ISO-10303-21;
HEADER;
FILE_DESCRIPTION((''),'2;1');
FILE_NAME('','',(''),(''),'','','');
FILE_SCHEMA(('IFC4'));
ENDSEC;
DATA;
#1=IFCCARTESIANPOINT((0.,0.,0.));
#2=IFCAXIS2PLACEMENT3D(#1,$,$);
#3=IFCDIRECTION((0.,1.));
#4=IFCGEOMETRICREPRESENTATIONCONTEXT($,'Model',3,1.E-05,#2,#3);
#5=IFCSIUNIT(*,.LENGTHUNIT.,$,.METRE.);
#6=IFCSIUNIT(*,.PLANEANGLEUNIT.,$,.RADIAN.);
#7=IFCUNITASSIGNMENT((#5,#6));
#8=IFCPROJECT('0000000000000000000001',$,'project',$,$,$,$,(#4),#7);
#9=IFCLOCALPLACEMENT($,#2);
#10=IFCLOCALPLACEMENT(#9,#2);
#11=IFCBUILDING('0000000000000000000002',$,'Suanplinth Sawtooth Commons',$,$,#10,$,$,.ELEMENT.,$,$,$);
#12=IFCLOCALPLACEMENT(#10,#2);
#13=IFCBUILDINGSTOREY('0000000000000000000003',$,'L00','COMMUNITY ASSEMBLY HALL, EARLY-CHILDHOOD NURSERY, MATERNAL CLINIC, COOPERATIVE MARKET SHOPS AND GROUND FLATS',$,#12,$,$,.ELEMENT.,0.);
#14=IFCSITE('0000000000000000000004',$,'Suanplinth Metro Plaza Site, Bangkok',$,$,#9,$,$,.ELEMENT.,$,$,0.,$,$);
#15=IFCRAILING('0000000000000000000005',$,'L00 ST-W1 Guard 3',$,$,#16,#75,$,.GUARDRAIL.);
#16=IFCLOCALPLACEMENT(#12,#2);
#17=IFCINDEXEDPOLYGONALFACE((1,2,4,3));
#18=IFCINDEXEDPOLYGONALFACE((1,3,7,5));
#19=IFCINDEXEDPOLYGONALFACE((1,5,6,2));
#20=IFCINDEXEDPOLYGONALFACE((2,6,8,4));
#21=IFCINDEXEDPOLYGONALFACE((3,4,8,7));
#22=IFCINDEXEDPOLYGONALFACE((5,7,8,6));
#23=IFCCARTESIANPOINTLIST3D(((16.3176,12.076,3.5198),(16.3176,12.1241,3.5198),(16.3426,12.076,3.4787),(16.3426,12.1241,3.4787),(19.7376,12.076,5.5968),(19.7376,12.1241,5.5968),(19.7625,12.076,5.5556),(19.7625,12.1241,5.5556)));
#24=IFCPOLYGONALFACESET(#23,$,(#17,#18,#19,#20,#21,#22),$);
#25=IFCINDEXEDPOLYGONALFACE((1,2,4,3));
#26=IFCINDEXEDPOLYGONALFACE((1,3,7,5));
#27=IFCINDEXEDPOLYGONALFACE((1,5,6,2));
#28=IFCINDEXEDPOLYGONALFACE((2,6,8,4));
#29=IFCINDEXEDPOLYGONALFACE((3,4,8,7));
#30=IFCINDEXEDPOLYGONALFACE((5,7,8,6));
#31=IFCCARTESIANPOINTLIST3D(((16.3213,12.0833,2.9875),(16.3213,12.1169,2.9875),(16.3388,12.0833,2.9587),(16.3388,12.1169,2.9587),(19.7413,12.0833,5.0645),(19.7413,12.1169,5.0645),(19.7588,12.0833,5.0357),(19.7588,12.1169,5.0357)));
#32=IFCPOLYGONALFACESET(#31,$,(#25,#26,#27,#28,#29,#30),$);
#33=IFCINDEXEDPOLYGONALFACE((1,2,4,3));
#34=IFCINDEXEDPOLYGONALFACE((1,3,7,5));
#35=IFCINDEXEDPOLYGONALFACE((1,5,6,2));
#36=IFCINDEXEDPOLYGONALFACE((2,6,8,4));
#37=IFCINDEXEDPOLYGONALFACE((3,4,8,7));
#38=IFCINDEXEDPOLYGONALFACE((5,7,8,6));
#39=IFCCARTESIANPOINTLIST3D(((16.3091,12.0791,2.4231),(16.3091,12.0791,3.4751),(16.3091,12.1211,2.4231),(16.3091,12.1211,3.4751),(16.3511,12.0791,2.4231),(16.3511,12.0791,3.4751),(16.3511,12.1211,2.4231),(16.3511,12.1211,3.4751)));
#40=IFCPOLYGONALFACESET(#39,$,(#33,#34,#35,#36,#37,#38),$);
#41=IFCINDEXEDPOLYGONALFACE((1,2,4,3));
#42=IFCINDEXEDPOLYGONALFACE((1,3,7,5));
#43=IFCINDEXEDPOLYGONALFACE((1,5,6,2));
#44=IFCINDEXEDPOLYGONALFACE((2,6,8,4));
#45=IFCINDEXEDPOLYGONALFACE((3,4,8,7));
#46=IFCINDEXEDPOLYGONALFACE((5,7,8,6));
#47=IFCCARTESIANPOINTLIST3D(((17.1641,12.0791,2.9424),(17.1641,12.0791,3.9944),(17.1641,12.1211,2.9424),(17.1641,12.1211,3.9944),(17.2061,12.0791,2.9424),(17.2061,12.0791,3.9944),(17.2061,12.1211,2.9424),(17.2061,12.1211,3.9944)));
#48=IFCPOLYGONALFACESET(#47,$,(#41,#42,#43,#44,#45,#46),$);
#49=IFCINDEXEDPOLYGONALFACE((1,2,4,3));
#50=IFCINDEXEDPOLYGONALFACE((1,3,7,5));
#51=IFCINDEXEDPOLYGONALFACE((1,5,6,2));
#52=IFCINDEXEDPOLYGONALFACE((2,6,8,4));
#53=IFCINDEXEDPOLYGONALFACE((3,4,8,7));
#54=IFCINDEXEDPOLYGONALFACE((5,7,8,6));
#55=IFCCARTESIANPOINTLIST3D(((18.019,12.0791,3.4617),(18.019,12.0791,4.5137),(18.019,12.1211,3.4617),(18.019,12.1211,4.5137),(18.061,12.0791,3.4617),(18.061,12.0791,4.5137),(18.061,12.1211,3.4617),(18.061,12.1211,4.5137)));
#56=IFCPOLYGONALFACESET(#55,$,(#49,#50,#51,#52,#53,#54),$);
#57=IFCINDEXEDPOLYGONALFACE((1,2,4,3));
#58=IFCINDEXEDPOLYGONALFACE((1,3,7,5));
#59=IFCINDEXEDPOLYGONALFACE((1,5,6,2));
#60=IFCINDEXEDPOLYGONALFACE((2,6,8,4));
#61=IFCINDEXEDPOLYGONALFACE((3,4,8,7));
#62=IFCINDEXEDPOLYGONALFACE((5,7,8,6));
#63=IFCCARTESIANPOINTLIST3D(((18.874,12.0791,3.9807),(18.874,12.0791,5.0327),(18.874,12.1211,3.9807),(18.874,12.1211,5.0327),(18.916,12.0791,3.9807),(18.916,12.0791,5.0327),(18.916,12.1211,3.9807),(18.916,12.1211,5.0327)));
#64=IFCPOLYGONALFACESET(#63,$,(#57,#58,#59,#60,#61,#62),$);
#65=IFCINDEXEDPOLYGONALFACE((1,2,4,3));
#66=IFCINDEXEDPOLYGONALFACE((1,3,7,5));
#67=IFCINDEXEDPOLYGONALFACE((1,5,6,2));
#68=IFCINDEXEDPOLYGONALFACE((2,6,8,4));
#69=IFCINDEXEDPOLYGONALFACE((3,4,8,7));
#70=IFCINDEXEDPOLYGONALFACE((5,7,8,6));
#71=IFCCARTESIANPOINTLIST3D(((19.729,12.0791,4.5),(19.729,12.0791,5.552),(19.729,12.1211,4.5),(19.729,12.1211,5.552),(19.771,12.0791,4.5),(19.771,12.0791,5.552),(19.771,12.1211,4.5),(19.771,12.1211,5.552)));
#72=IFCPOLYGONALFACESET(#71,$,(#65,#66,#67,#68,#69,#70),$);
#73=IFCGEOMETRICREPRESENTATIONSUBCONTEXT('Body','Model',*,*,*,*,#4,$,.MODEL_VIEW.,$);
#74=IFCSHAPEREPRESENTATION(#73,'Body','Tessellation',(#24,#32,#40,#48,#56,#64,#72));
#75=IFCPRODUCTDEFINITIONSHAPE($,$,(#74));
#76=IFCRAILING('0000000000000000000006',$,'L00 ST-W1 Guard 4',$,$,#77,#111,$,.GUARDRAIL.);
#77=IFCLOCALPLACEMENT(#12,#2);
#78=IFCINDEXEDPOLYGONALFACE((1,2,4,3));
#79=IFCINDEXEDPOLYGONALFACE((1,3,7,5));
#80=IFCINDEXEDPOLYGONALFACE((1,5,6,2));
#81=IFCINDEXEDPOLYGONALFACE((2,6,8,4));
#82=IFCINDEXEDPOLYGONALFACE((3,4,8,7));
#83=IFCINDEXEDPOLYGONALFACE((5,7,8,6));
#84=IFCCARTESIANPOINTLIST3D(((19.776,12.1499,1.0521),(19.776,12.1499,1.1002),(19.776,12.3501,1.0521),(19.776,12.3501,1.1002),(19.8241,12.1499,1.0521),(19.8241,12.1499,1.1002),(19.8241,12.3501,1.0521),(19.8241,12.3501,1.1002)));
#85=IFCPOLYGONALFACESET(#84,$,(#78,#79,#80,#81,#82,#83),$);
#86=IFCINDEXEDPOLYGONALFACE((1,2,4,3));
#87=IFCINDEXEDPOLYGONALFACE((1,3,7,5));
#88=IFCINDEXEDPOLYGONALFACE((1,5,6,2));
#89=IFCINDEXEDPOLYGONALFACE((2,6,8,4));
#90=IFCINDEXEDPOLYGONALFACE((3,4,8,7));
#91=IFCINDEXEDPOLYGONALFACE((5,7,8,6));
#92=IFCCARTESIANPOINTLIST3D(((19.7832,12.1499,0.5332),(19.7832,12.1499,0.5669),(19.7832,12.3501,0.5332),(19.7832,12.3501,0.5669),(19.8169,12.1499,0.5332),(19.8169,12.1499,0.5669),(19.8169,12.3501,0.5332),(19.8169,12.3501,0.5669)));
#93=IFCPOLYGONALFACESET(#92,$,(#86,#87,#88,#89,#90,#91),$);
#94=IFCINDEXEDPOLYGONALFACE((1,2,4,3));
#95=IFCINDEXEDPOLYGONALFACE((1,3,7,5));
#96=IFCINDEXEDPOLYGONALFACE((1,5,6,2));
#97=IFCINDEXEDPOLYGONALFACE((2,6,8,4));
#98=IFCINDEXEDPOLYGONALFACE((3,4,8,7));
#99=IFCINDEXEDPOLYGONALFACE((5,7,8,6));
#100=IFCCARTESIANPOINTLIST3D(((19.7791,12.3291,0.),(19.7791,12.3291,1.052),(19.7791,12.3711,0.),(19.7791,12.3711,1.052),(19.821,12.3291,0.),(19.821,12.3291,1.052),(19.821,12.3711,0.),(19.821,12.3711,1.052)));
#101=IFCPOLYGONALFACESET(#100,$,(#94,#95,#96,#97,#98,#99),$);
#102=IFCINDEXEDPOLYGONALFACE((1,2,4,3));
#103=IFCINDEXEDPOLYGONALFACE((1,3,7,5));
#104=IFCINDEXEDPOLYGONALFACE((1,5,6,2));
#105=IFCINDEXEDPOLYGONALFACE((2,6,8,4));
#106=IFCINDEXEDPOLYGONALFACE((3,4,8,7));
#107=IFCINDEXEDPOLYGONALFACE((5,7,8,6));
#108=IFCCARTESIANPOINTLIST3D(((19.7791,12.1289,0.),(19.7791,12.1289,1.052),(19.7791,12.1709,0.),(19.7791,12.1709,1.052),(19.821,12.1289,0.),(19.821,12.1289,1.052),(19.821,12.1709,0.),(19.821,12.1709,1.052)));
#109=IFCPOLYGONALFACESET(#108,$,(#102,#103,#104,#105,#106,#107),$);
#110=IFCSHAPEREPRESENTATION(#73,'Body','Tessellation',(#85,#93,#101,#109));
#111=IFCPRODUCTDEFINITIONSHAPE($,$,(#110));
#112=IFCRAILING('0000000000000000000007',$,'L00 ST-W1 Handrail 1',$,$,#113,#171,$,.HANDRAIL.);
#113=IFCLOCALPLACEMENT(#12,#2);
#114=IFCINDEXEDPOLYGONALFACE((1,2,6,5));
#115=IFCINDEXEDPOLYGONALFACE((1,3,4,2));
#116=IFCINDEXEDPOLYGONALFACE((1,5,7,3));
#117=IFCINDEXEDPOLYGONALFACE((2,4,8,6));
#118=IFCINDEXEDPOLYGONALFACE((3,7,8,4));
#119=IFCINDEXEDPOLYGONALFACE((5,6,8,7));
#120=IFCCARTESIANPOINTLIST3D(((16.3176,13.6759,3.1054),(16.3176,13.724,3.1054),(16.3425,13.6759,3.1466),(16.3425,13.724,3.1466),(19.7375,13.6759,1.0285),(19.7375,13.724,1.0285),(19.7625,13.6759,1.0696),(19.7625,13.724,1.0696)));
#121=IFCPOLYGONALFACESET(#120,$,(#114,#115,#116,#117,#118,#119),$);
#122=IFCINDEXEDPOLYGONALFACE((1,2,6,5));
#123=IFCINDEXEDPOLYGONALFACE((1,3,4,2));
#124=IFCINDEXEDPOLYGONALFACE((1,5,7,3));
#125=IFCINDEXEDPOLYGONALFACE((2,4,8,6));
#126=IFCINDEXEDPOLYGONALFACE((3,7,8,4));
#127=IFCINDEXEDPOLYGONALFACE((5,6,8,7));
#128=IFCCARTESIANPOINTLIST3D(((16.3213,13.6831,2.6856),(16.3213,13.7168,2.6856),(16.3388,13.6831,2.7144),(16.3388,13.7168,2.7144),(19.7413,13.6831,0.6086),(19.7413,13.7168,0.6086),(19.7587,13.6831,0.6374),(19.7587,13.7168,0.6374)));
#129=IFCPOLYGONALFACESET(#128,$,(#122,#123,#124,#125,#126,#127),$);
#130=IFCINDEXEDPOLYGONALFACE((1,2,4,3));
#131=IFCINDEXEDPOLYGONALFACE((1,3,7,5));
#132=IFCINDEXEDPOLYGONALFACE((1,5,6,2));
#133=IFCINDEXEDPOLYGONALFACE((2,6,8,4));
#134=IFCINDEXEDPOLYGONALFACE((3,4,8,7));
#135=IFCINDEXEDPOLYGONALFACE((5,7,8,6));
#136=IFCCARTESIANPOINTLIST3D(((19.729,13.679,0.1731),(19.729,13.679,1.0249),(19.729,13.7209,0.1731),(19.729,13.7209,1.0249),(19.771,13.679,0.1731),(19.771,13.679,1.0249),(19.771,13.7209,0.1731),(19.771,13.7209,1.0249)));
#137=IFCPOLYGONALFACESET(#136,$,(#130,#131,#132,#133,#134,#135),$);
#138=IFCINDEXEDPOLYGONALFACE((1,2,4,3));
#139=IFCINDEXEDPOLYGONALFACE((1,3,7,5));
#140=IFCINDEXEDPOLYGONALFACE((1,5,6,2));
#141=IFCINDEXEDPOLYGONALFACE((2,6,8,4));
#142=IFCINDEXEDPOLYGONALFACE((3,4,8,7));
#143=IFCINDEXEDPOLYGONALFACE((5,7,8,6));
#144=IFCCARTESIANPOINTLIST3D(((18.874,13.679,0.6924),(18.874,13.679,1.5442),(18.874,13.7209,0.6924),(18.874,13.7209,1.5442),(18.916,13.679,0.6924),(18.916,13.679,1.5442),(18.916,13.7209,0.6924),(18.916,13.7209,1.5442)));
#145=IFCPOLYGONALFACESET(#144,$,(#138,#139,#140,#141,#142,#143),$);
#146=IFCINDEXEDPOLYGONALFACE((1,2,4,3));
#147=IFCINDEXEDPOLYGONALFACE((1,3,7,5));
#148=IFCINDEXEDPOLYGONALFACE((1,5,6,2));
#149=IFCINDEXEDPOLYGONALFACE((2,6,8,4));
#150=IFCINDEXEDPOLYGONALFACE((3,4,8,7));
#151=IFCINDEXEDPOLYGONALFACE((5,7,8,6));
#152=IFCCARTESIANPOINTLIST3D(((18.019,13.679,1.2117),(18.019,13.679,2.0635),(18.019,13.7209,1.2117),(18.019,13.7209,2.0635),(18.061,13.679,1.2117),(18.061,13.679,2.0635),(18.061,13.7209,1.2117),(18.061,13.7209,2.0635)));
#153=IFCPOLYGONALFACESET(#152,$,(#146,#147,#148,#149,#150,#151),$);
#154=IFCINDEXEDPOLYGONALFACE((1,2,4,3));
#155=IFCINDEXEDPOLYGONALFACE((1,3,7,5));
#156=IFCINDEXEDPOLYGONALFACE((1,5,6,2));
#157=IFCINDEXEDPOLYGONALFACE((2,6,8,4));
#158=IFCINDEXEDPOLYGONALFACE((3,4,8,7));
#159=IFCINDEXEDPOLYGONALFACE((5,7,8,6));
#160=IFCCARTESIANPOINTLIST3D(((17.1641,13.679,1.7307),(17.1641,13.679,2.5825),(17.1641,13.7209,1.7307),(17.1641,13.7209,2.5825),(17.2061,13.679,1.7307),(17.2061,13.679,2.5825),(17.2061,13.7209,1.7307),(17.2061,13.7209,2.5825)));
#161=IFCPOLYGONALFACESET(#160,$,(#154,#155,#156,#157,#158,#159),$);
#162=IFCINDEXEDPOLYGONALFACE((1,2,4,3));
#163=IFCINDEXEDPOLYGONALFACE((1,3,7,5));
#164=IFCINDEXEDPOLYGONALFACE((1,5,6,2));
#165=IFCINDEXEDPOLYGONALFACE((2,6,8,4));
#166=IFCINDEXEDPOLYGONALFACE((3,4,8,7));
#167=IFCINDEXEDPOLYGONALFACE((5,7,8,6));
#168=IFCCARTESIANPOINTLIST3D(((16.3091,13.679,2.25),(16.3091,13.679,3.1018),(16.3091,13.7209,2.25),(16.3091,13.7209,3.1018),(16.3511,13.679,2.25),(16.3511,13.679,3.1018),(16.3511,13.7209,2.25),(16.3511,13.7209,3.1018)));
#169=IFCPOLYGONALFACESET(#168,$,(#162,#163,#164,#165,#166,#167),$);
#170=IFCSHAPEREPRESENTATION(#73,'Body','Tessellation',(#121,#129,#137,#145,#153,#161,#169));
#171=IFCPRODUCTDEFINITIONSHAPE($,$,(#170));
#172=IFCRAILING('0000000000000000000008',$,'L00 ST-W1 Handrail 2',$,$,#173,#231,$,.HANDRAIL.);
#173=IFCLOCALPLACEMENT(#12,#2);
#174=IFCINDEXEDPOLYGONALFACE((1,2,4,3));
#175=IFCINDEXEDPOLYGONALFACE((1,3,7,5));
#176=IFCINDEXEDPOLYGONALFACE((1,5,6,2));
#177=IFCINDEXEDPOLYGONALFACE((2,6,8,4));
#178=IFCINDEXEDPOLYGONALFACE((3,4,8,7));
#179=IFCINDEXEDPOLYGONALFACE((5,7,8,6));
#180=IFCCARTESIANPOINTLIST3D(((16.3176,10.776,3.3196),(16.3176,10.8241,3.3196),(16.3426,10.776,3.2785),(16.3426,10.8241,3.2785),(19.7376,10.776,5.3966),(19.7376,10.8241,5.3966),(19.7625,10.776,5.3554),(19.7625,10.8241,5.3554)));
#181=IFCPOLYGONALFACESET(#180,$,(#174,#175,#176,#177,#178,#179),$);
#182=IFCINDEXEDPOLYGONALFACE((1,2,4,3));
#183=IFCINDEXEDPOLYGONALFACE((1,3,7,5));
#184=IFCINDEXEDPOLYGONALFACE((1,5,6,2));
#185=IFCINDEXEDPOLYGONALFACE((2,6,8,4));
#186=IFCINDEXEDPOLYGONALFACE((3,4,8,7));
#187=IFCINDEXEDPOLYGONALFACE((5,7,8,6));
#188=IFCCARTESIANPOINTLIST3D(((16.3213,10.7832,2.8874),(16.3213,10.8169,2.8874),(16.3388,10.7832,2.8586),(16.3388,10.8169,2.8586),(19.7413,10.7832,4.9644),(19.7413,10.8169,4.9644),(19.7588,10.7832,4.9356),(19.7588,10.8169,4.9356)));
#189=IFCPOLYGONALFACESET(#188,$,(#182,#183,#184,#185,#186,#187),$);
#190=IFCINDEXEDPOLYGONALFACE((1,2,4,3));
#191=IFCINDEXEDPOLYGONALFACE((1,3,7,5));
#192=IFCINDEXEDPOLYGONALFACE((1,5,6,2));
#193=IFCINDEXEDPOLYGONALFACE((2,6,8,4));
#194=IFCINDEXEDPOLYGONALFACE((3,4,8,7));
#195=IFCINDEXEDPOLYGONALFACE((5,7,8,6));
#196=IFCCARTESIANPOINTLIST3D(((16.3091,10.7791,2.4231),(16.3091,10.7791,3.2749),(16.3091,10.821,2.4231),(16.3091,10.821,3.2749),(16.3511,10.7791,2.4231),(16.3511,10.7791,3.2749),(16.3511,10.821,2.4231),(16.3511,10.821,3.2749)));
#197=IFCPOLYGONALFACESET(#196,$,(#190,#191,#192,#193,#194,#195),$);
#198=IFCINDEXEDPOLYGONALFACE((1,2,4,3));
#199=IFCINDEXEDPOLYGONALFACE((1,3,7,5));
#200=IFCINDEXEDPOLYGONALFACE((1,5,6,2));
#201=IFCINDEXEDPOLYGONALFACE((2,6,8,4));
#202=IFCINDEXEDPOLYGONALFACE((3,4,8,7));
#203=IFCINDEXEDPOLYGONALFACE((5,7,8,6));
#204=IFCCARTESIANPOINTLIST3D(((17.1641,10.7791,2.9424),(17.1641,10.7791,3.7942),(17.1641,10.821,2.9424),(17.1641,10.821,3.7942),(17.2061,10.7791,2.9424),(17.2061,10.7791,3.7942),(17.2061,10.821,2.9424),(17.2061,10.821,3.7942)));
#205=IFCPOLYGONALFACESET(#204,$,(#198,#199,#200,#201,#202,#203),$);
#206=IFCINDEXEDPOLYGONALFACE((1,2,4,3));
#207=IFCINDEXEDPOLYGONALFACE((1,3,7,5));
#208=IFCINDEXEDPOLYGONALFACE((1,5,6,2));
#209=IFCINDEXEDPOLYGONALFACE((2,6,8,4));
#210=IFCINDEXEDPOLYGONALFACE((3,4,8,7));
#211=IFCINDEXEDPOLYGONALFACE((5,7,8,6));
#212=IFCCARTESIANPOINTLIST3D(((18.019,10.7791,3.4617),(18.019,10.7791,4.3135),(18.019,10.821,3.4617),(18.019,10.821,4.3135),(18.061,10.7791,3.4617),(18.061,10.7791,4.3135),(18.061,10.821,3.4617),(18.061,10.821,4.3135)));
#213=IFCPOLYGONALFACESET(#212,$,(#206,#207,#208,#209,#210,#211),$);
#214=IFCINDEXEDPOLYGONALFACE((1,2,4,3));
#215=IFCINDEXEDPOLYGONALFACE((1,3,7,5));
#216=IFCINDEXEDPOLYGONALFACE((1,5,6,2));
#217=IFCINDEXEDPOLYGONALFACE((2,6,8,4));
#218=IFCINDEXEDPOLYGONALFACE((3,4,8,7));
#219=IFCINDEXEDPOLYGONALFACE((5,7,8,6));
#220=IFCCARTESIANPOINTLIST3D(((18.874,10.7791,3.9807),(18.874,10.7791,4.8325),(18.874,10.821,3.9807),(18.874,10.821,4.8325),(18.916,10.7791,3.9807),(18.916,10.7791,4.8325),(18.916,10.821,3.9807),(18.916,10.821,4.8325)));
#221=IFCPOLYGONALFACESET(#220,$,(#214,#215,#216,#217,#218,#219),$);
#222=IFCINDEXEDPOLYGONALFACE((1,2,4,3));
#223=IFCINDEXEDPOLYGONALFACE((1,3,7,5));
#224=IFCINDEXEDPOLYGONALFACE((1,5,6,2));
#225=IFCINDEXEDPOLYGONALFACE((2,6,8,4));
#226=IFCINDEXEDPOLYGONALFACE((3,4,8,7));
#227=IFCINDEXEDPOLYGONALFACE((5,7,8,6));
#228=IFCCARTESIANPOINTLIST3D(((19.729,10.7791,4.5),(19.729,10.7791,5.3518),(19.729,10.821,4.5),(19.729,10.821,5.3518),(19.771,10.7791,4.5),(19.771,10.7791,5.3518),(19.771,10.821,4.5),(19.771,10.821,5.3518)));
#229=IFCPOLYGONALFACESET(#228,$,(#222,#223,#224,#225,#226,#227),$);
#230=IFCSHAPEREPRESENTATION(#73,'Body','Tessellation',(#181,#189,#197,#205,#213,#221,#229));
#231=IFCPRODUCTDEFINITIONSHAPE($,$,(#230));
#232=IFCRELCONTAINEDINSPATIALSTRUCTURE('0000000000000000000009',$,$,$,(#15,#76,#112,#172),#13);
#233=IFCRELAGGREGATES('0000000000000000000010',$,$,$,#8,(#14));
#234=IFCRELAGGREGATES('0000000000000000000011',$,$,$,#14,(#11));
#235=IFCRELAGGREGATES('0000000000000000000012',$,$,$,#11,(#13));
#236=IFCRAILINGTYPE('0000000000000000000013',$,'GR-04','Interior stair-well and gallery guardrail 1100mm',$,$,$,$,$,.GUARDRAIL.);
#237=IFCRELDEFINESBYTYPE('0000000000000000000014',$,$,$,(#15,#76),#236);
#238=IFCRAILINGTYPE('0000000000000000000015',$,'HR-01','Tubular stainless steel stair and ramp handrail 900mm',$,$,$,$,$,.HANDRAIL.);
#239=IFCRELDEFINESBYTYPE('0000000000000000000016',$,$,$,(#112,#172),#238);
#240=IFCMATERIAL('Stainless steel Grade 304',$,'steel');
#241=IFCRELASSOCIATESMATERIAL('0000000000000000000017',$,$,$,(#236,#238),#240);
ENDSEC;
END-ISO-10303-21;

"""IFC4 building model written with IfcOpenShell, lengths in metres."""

from ifc_helpers import new_model, si_unit, direction, frame, origin, origin_2d, place, context, subcontext, project, spatial, rectangle, extrude, material, type_object, element, save


model = new_model("IFC4")

# Units and contexts
model_context = context("Model", 3, precision=1e-05, world=origin(), true_north=direction((0.0, 1.0)))
body_context = subcontext(model_context, "Body", "Model", "MODEL_VIEW")
ifc_project = project(units=[si_unit("LENGTHUNIT", "METRE"), si_unit("PLANEANGLEUNIT", "RADIAN")], contexts=[model_context])

# Site, building, storey
site_placement = place(None, origin())
site = spatial("IfcSite", under=ifc_project, at=site_placement, Name="Suanplinth Metro Plaza Site, Bangkok", CompositionType="ELEMENT", RefElevation=0.0)
building_placement = place(site_placement, origin())
building = spatial("IfcBuilding", under=site, at=building_placement, Name="Suanplinth Sawtooth Commons", CompositionType="ELEMENT")
storey_placement = place(building_placement, origin())
storey = spatial("IfcBuildingStorey", under=building, at=storey_placement, Name="L00", Description="COMMUNITY ASSEMBLY HALL, EARLY-CHILDHOOD NURSERY, MATERNAL CLINIC, COOPERATIVE MARKET SHOPS AND GROUND FLATS", CompositionType="ELEMENT", Elevation=0.0)

# Shared definitions
ifc_material_1 = material(Name="Stainless steel Grade 304", Category="steel")

# Railings
railing_type_1 = type_object("IfcRailingType", Name="GR-04", Description="Interior stair-well and gallery guardrail 1100mm", PredefinedType="GUARDRAIL", material=ifc_material_1)
railing_1_placement = place(storey_placement, frame((16.3301, 12.1001, 2.4231)))
element("IfcRailing", 1, at=railing_1_placement, inside=storey, type_object=railing_type_1, Name="L00 ST-W1 Guard 3", PredefinedType="GUARDRAIL", context=body_context, shape_type="SweptSolid", body=[
    extrude(rectangle(XDim=0.0481, YDim=0.0481, at=origin_2d()), frame((0.0, 0.0, 1.0762), z_axis=(0.85473, 0.0, 0.519074), x_axis=(0.0, 1.0, 0.0)), (0.0, 0.0, 1.0), 4.0012),
    extrude(rectangle(XDim=0.0337, YDim=0.0337, at=origin_2d()), frame((0.0, 0.0, 0.55), z_axis=(0.85473, 0.0, 0.519074), x_axis=(0.0, 1.0, 0.0)), (0.0, 0.0, 1.0), 4.0012),
    extrude(rectangle(XDim=0.042, YDim=0.042, at=origin_2d()), origin(), (0.0, 0.0, 1.0), 1.052),
    extrude(rectangle(XDim=0.042, YDim=0.042, at=origin_2d()), frame((0.855, 0.0, 0.5193)), (0.0, 0.0, 1.0), 1.052),
    extrude(rectangle(XDim=0.042, YDim=0.042, at=origin_2d()), frame((1.71, 0.0, 1.0386)), (0.0, 0.0, 1.0), 1.052),
    extrude(rectangle(XDim=0.042, YDim=0.042, at=origin_2d()), frame((2.5649, 0.0, 1.5576)), (0.0, 0.0, 1.0), 1.052),
    extrude(rectangle(XDim=0.042, YDim=0.042, at=origin_2d()), frame((3.4199, 0.0, 2.0769)), (0.0, 0.0, 1.0), 1.052),
])
railing_2_placement = place(storey_placement, frame((19.8, 12.3501, 0.0)))
element("IfcRailing", 2, at=railing_2_placement, inside=storey, type_object=railing_type_1, Name="L00 ST-W1 Guard 4", PredefinedType="GUARDRAIL", context=body_context, shape_type="SweptSolid", body=[
    extrude(rectangle(XDim=0.0481, YDim=0.0481, at=origin_2d()), frame((0.0, 0.0, 1.0762), z_axis=(0.0, -1.0, 0.0), x_axis=(1.0, 0.0, 0.0)), (0.0, 0.0, 1.0), 0.2002),
    extrude(rectangle(XDim=0.0337, YDim=0.0337, at=origin_2d()), frame((0.0, 0.0, 0.55), z_axis=(0.0, -1.0, 0.0), x_axis=(1.0, 0.0, 0.0)), (0.0, 0.0, 1.0), 0.2002),
    extrude(rectangle(XDim=0.042, YDim=0.042, at=origin_2d()), origin(), (0.0, 0.0, 1.0), 1.052),
    extrude(rectangle(XDim=0.042, YDim=0.042, at=origin_2d()), frame((0.0, -0.2002, 0.0)), (0.0, 0.0, 1.0), 1.052),
])
railing_type_2 = type_object("IfcRailingType", Name="HR-01", Description="Tubular stainless steel stair and ramp handrail 900mm", PredefinedType="HANDRAIL", material=ifc_material_1)
railing_3_placement = place(storey_placement, frame((19.75, 13.7, 0.1731)))
element("IfcRailing", 3, at=railing_3_placement, inside=storey, type_object=railing_type_2, Name="L00 ST-W1 Handrail 1", PredefinedType="HANDRAIL", context=body_context, shape_type="SweptSolid", body=[
    extrude(rectangle(XDim=0.0481, YDim=0.0481, at=origin_2d()), frame((0.0, 0.0, 0.876), z_axis=(-0.85473, 0.0, 0.519074), x_axis=(0.0, -1.0, 0.0)), (0.0, 0.0, 1.0), 4.0012),
    extrude(rectangle(XDim=0.0337, YDim=0.0337, at=origin_2d()), frame((0.0, 0.0, 0.45), z_axis=(-0.85473, 0.0, 0.519074), x_axis=(0.0, -1.0, 0.0)), (0.0, 0.0, 1.0), 4.0012),
    extrude(rectangle(XDim=0.042, YDim=0.042, at=origin_2d()), origin(), (0.0, 0.0, 1.0), 0.8518),
    extrude(rectangle(XDim=0.042, YDim=0.042, at=origin_2d()), frame((-0.855, 0.0, 0.5193)), (0.0, 0.0, 1.0), 0.8518),
    extrude(rectangle(XDim=0.042, YDim=0.042, at=origin_2d()), frame((-1.71, 0.0, 1.0386)), (0.0, 0.0, 1.0), 0.8518),
    extrude(rectangle(XDim=0.042, YDim=0.042, at=origin_2d()), frame((-2.5649, 0.0, 1.5576)), (0.0, 0.0, 1.0), 0.8518),
    extrude(rectangle(XDim=0.042, YDim=0.042, at=origin_2d()), frame((-3.4199, 0.0, 2.0769)), (0.0, 0.0, 1.0), 0.8518),
])
railing_4_placement = place(storey_placement, frame((16.3301, 10.8, 2.4231)))
element("IfcRailing", 4, at=railing_4_placement, inside=storey, type_object=railing_type_2, Name="L00 ST-W1 Handrail 2", PredefinedType="HANDRAIL", context=body_context, shape_type="SweptSolid", body=[
    extrude(rectangle(XDim=0.0481, YDim=0.0481, at=origin_2d()), frame((0.0, 0.0, 0.876), z_axis=(0.85473, 0.0, 0.519074), x_axis=(0.0, 1.0, 0.0)), (0.0, 0.0, 1.0), 4.0012),
    extrude(rectangle(XDim=0.0337, YDim=0.0337, at=origin_2d()), frame((0.0, 0.0, 0.45), z_axis=(0.85473, 0.0, 0.519074), x_axis=(0.0, 1.0, 0.0)), (0.0, 0.0, 1.0), 4.0012),
    extrude(rectangle(XDim=0.042, YDim=0.042, at=origin_2d()), origin(), (0.0, 0.0, 1.0), 0.8518),
    extrude(rectangle(XDim=0.042, YDim=0.042, at=origin_2d()), frame((0.855, 0.0, 0.5193)), (0.0, 0.0, 1.0), 0.8518),
    extrude(rectangle(XDim=0.042, YDim=0.042, at=origin_2d()), frame((1.71, 0.0, 1.0386)), (0.0, 0.0, 1.0), 0.8518),
    extrude(rectangle(XDim=0.042, YDim=0.042, at=origin_2d()), frame((2.5649, 0.0, 1.5576)), (0.0, 0.0, 1.0), 0.8518),
    extrude(rectangle(XDim=0.042, YDim=0.042, at=origin_2d()), frame((3.4199, 0.0, 2.0769)), (0.0, 0.0, 1.0), 0.8518),
])

save(model, "model.ifc")
